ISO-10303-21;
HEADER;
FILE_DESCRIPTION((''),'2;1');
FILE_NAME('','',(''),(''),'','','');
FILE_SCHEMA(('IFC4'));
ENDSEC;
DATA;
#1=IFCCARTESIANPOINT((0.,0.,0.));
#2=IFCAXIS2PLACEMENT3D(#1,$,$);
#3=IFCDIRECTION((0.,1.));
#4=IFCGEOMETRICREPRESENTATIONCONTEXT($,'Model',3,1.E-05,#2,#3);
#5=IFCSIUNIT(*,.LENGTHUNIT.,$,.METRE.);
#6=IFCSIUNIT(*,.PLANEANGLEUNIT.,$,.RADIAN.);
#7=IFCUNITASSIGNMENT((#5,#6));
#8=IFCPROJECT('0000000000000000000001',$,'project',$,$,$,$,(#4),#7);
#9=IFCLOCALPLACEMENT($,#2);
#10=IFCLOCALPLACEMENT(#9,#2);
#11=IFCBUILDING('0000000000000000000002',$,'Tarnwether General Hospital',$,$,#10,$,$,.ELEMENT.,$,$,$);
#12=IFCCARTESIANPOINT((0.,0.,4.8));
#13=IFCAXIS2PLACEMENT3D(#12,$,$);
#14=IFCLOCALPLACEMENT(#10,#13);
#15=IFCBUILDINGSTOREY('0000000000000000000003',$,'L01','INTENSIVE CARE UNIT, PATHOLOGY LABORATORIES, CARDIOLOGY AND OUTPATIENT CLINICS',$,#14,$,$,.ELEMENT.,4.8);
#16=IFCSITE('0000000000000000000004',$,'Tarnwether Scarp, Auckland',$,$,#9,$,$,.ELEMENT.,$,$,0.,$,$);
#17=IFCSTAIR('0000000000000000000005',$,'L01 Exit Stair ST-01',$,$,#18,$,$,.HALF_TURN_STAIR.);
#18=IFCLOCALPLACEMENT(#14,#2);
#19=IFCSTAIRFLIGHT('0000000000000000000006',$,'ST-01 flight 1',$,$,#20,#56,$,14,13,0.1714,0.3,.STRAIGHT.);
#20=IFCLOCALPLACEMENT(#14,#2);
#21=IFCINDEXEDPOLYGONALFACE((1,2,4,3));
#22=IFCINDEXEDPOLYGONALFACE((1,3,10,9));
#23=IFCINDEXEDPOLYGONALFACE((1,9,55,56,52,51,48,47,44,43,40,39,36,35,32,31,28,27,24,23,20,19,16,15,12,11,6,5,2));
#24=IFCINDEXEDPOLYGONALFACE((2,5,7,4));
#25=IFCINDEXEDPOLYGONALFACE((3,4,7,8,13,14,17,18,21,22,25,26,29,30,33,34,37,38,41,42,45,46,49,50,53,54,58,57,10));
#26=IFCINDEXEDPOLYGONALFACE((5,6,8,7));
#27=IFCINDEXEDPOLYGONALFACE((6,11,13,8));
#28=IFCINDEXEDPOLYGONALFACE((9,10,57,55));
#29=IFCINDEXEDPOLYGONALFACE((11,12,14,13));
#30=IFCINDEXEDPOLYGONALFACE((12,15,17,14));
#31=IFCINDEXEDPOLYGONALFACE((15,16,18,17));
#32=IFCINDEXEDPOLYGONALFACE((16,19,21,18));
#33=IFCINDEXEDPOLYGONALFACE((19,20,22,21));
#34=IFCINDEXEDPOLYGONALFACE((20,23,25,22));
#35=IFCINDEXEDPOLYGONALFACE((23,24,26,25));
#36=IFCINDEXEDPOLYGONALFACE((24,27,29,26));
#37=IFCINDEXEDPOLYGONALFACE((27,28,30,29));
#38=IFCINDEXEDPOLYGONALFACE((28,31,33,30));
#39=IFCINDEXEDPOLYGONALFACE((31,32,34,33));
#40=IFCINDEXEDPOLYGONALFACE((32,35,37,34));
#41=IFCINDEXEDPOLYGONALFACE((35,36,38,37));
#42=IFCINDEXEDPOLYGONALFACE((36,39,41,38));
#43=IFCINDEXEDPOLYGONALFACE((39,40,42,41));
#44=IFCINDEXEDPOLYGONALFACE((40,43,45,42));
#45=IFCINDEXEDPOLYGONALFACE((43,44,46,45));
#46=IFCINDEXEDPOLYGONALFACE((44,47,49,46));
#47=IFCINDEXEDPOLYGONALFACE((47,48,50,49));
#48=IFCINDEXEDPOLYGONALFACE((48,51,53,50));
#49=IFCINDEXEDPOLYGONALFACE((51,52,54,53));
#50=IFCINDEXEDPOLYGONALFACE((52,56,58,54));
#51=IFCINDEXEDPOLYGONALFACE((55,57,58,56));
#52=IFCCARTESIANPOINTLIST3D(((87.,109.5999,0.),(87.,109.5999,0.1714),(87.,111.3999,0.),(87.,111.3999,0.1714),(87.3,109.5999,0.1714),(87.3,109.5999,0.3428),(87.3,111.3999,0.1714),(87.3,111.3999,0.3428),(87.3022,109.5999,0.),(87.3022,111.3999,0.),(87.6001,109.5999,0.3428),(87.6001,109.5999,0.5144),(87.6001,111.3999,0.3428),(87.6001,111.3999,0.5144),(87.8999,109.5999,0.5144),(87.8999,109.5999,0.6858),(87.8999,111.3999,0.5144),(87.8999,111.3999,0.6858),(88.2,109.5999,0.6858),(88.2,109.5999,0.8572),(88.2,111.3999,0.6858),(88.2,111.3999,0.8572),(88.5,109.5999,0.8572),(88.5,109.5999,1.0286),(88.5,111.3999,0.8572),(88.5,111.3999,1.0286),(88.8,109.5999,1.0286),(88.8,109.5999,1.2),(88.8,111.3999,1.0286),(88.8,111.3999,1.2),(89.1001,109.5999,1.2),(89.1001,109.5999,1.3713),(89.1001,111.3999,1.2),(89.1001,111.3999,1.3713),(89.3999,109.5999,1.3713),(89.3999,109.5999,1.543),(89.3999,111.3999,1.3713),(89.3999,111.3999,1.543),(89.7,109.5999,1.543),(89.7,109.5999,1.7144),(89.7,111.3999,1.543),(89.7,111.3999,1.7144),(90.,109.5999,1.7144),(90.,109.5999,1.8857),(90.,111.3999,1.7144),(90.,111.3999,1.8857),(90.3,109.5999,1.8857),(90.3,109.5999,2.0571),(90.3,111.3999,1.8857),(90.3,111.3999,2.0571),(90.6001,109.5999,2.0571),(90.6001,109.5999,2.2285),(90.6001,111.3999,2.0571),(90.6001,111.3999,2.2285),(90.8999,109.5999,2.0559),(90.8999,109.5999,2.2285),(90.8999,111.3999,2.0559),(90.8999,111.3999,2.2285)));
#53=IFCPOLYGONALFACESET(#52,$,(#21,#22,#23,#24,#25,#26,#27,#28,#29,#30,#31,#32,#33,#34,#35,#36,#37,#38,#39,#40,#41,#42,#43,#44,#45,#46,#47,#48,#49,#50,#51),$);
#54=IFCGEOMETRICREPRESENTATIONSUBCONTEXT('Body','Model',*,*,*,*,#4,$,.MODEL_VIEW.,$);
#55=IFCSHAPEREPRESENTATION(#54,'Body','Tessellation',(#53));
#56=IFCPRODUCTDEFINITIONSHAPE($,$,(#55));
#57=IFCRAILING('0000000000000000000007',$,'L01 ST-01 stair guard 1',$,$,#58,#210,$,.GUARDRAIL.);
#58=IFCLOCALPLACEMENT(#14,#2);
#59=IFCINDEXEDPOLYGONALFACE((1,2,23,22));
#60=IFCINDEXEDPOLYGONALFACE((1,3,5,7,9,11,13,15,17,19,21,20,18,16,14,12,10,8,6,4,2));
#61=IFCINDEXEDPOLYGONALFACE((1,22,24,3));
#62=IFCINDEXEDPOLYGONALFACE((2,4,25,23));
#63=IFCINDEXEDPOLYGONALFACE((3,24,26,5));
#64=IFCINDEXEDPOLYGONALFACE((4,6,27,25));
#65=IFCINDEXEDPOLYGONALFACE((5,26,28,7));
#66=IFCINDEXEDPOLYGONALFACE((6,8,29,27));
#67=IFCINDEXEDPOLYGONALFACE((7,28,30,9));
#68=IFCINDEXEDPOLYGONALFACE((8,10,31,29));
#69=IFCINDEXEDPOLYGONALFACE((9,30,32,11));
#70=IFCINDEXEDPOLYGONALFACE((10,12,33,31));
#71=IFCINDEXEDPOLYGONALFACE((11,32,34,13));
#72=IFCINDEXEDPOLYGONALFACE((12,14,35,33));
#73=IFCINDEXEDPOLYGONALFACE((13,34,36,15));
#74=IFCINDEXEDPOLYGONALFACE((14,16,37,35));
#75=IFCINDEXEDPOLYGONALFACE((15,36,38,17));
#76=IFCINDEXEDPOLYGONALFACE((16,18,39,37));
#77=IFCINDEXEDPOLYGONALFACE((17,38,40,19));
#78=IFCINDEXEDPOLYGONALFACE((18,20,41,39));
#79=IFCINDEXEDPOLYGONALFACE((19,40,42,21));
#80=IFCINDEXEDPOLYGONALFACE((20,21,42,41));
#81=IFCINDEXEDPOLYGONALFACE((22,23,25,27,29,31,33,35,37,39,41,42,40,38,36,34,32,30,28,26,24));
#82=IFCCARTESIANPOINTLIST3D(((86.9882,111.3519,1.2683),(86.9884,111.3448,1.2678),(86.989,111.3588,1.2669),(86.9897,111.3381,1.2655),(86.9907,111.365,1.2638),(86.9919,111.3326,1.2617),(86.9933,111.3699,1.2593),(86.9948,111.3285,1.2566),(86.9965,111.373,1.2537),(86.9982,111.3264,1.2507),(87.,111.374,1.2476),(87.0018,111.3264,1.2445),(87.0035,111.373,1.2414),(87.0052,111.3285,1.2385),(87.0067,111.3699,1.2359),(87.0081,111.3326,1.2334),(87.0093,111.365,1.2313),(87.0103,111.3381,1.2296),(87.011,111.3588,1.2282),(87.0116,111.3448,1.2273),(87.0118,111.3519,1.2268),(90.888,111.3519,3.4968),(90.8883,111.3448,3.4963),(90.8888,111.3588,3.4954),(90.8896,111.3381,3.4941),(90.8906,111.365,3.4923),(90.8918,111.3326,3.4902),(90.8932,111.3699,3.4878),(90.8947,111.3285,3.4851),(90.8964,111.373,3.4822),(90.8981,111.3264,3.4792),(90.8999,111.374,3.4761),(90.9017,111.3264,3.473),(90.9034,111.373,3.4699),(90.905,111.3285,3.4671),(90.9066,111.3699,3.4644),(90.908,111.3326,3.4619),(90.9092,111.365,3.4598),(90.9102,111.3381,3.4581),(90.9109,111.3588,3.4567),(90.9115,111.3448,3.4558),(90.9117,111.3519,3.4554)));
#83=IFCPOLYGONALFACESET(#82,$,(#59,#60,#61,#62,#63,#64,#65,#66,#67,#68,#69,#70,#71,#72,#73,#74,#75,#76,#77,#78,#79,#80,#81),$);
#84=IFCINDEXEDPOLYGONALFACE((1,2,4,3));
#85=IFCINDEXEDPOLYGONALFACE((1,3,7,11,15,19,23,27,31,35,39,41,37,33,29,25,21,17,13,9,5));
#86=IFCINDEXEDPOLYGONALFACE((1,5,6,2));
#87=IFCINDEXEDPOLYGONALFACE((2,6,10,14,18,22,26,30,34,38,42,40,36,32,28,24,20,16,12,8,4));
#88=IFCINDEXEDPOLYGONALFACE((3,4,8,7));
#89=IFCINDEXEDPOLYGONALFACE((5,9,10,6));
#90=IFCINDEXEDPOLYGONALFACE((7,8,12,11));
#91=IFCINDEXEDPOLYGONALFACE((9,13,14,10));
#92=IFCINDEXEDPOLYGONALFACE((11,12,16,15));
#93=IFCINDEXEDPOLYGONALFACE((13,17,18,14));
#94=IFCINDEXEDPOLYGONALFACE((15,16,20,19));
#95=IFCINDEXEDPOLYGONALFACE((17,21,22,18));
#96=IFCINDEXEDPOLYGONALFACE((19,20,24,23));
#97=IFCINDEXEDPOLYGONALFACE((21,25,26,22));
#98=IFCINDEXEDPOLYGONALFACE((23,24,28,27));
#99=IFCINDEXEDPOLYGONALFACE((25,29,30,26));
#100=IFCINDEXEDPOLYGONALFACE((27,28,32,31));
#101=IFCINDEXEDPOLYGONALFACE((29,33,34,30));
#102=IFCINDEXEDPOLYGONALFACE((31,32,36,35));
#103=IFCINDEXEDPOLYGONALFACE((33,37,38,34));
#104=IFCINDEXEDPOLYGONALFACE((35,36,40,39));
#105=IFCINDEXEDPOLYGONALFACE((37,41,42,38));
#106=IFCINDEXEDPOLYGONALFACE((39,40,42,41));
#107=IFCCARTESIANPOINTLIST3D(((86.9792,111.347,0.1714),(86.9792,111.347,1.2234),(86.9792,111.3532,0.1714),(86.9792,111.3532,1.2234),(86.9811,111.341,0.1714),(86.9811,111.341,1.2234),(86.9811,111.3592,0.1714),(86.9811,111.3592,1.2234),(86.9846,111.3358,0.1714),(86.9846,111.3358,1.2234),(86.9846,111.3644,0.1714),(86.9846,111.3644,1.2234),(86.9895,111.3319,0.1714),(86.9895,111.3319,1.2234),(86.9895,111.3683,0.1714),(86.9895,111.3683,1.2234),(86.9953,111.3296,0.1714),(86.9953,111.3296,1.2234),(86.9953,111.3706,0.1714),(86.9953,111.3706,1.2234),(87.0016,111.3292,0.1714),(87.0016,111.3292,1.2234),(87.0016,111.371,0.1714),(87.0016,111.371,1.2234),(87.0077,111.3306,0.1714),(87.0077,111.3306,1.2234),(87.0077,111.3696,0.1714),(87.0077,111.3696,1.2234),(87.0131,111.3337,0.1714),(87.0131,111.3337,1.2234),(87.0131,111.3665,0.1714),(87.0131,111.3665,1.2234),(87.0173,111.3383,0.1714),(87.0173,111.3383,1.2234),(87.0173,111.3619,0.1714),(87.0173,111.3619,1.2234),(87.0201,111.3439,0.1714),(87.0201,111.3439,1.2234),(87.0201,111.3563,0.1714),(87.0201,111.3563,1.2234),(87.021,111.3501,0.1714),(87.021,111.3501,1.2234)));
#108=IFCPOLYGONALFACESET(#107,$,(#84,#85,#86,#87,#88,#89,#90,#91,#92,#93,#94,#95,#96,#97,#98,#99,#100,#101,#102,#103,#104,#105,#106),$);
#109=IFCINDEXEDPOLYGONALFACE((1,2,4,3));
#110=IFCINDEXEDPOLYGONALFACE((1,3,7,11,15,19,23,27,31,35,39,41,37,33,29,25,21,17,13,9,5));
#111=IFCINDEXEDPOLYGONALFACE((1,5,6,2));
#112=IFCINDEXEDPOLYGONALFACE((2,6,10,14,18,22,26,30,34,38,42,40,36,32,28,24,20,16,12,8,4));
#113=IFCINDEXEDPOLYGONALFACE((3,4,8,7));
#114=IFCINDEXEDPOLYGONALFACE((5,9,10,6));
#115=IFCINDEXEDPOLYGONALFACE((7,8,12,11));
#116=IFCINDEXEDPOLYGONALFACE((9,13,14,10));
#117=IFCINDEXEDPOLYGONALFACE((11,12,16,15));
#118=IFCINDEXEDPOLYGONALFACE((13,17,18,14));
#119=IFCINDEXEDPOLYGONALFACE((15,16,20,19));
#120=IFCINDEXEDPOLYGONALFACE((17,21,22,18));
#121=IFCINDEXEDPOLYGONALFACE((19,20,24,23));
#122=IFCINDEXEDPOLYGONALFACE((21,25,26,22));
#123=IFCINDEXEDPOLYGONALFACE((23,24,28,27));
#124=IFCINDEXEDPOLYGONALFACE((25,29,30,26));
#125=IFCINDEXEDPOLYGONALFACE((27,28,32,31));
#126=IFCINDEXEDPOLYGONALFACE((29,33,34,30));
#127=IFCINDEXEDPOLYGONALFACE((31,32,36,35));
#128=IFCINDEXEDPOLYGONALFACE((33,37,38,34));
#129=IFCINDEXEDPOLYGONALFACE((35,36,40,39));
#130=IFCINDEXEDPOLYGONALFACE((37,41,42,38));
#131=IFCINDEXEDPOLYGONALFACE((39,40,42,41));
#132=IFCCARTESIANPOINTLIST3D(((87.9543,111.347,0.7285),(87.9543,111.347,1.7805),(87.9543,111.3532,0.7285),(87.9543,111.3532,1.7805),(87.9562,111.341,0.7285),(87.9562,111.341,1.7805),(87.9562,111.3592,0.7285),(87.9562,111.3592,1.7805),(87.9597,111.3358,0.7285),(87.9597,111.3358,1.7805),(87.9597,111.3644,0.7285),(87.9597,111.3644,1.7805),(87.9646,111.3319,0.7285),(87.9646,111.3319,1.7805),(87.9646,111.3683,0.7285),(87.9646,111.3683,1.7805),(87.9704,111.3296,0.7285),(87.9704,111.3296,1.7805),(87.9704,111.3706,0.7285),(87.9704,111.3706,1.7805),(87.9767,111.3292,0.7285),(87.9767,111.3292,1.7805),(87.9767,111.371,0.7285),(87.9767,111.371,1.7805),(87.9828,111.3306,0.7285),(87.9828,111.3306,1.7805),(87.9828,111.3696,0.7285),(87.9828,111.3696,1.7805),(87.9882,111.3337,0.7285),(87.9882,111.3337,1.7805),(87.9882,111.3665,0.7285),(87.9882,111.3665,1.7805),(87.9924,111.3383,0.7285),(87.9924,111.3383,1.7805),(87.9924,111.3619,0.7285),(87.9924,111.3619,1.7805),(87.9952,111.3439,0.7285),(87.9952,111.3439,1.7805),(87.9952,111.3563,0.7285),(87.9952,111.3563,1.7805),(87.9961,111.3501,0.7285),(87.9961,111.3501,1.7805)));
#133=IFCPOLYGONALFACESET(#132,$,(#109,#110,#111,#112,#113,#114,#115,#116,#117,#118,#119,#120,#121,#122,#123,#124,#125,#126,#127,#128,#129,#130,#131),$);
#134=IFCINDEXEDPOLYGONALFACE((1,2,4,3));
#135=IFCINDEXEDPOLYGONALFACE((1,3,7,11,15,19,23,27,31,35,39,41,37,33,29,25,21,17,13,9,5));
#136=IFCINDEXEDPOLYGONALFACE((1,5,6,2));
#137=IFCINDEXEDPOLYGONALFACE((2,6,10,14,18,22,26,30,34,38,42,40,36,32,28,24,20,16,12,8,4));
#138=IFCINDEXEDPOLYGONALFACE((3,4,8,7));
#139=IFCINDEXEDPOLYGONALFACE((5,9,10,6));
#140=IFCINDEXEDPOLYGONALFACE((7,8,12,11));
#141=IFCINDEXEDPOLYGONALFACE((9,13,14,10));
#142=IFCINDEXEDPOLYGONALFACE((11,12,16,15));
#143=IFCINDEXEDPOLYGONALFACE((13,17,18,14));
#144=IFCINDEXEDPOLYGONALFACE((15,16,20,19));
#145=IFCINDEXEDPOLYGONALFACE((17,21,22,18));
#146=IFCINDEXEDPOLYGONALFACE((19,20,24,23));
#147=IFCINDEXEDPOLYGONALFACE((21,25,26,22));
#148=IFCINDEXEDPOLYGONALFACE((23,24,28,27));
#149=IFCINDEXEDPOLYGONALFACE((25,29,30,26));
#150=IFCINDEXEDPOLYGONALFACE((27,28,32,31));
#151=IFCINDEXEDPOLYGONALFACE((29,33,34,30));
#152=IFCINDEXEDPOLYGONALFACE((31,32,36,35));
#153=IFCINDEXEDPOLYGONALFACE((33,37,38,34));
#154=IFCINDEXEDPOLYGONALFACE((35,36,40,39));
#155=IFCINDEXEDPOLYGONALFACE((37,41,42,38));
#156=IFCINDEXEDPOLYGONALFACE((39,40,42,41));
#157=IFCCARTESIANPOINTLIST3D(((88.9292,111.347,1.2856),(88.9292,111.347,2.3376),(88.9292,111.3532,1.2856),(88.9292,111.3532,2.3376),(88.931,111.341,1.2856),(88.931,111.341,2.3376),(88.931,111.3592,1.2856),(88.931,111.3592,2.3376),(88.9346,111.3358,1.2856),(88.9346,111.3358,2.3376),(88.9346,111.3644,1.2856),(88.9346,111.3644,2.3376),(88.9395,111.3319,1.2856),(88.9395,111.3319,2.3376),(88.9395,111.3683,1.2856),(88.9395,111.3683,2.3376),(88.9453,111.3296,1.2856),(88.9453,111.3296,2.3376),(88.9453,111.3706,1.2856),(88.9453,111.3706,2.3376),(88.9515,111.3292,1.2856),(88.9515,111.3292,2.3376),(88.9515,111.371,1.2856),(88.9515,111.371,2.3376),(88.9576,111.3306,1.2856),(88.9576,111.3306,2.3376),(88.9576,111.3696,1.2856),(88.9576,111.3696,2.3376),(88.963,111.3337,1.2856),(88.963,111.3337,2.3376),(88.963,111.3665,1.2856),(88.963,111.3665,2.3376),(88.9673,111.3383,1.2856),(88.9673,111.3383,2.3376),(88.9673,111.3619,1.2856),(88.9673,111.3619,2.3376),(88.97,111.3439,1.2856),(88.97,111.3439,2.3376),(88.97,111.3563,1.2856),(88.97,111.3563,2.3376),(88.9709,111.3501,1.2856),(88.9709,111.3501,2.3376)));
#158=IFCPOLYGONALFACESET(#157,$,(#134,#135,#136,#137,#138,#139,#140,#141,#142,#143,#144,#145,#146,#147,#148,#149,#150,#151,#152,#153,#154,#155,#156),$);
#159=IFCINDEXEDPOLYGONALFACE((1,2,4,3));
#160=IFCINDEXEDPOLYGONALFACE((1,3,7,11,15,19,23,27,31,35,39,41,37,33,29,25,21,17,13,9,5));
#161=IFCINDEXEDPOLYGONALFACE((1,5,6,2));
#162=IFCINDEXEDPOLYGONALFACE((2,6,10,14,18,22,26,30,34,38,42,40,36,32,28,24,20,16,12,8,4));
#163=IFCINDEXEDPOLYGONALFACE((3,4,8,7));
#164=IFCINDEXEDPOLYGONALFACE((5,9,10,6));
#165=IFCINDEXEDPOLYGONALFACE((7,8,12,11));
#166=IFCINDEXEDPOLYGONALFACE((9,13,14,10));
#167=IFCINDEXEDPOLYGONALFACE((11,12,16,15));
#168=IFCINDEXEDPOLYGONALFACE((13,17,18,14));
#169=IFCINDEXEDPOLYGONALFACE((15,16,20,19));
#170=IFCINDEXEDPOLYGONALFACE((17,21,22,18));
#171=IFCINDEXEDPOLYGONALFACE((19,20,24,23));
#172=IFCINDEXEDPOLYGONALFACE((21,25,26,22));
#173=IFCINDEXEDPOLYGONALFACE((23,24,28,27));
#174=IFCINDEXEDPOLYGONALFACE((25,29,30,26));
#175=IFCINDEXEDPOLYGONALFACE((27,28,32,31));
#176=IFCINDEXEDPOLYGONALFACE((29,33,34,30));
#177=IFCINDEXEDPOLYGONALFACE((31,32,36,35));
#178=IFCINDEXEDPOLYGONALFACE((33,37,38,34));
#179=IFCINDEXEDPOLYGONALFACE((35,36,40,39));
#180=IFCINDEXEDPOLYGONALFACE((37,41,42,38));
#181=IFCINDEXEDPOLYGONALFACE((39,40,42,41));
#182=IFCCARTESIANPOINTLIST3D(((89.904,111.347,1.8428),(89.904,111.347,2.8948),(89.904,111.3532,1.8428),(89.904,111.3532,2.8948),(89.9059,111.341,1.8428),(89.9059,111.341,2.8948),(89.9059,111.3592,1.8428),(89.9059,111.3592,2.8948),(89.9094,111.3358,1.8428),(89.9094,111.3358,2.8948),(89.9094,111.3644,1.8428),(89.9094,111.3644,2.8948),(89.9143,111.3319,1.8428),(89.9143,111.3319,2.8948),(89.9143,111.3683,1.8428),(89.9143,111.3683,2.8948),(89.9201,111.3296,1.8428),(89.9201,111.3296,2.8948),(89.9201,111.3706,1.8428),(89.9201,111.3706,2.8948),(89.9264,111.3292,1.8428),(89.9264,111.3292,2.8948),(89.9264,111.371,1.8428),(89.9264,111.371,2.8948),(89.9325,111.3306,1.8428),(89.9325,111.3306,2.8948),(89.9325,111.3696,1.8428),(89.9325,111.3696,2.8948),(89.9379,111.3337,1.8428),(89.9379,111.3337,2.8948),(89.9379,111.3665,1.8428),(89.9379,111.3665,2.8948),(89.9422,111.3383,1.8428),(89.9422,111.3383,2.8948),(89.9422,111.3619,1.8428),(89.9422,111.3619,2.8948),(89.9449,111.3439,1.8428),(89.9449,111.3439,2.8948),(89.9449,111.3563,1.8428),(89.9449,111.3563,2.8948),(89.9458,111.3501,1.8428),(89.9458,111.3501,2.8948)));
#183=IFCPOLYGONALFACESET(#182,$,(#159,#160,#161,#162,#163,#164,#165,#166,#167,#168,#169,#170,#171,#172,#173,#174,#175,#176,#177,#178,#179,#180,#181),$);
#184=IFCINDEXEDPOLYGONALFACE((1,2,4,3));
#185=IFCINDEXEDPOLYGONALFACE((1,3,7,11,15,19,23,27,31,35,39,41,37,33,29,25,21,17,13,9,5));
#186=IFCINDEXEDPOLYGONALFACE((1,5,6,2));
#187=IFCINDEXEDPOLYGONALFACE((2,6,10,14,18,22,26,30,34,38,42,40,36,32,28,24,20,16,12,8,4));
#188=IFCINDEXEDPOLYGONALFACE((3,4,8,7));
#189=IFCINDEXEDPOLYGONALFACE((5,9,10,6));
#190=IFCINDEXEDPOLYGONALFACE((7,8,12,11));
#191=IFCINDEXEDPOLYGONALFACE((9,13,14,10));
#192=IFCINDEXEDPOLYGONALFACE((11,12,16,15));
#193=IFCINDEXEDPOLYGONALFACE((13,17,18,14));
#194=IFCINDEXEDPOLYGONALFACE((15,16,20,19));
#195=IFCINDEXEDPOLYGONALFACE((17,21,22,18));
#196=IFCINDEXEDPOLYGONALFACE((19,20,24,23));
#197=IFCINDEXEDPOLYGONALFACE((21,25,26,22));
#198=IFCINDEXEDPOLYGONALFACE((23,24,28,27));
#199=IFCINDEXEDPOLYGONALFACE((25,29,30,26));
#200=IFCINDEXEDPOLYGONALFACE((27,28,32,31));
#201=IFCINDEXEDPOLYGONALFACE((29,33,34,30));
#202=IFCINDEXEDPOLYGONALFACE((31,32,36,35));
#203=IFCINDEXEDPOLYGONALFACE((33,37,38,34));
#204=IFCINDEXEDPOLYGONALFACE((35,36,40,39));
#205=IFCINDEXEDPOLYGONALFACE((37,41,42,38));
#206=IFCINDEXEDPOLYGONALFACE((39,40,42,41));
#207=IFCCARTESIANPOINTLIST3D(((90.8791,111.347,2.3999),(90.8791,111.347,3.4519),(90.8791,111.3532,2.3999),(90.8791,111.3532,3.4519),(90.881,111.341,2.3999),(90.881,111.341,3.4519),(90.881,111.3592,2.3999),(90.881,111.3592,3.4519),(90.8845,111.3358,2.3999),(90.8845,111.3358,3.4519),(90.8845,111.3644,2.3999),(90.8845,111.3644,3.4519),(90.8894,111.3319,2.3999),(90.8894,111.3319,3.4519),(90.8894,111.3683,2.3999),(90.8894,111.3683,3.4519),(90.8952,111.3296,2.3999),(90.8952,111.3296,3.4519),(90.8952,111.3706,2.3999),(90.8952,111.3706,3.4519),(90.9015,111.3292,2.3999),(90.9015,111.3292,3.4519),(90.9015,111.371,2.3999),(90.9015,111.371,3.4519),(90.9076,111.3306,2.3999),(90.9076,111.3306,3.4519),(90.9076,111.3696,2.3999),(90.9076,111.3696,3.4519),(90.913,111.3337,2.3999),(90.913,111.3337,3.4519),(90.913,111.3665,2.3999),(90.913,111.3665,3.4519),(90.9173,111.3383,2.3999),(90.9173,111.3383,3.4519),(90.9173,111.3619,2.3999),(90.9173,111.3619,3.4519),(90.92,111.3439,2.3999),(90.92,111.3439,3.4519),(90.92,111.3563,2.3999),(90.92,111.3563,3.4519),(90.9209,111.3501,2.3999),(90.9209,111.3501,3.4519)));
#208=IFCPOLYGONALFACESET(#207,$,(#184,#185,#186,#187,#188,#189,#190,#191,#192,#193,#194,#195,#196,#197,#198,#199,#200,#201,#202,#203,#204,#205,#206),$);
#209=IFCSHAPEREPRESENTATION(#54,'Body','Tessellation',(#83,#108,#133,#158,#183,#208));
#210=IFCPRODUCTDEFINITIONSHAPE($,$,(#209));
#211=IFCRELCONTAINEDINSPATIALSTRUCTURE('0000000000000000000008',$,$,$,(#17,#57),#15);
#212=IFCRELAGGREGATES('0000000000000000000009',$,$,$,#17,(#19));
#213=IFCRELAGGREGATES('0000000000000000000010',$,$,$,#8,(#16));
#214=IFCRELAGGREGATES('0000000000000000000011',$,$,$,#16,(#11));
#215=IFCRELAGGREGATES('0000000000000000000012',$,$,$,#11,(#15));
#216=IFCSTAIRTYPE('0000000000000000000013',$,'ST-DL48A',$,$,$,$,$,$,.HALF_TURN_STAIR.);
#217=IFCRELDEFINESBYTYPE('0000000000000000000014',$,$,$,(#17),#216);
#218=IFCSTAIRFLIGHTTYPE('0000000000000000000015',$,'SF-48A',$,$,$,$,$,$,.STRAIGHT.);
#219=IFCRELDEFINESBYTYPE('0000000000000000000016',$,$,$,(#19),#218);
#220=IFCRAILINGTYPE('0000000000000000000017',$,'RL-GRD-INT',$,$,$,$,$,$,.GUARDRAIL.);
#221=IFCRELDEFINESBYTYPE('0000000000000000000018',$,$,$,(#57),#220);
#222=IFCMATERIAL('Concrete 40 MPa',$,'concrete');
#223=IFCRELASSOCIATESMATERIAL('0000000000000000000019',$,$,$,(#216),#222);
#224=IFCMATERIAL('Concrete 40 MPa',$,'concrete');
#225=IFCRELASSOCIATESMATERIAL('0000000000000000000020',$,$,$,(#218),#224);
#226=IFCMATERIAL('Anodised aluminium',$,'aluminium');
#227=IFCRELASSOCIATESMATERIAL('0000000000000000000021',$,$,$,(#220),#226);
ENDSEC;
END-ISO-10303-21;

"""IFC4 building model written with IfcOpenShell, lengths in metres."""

from ifc_helpers import new_model, si_unit, direction, frame, origin, origin_2d, place, context, subcontext, project, spatial, polyline, circle, outline, extrude, material, type_object, element, aggregate, save


model = new_model("IFC4")

# Units and contexts
model_context = context("Model", 3, precision=1e-05, world=origin(), true_north=direction((0.0, 1.0)))
body_context = subcontext(model_context, "Body", "Model", "MODEL_VIEW")
ifc_project = project(units=[si_unit("LENGTHUNIT", "METRE"), si_unit("PLANEANGLEUNIT", "RADIAN")], contexts=[model_context])

# Site, building, storey
site_placement = place(None, origin())
site = spatial("IfcSite", under=ifc_project, at=site_placement, Name="Tarnwether Scarp, Auckland", CompositionType="ELEMENT", RefElevation=0.0)
building_placement = place(site_placement, origin())
building = spatial("IfcBuilding", under=site, at=building_placement, Name="Tarnwether General Hospital", CompositionType="ELEMENT")
storey_placement = place(building_placement, frame((0.0, 0.0, 4.8)))
storey = spatial("IfcBuildingStorey", under=building, at=storey_placement, Name="L01", Description="INTENSIVE CARE UNIT, PATHOLOGY LABORATORIES, CARDIOLOGY AND OUTPATIENT CLINICS", CompositionType="ELEMENT", Elevation=4.8)

# Stair, stair flight
ifc_material_1 = material(Name="Concrete 40 MPa", Category="concrete")
stair_type = type_object("IfcStairType", Name="ST-DL48A", PredefinedType="HALF_TURN_STAIR", material=ifc_material_1)
stair_placement = place(storey_placement, origin())
stair = element("IfcStair", 1, at=stair_placement, inside=storey, type_object=stair_type, Name="L01 Exit Stair ST-01", PredefinedType="HALF_TURN_STAIR")
ifc_material_2 = material(Name="Concrete 40 MPa", Category="concrete")
stair_flight_type = type_object("IfcStairFlightType", Name="SF-48A", PredefinedType="STRAIGHT", material=ifc_material_2)
stair_flight_placement = place(storey_placement, frame((87.0, 110.5, 0.0), z_axis=(0.0, 0.0, 1.0), x_axis=(1.0, 0.0, 0.0)))
stair_flight = element("IfcStairFlight", 2, at=stair_flight_placement, type_object=stair_flight_type, Name="ST-01 flight 1", NumberOfRisers=14, NumberOfTreads=13, PredefinedType="STRAIGHT", RiserHeight=0.1714, TreadLength=0.3, context=body_context, shape_type="SweptSolid", body=[
    extrude(outline(polyline([(0.0, 0.0), (0.0, 0.1714), (0.3, 0.1714), (0.3, 0.3428), (0.6001, 0.3428), (0.6001, 0.5144), (0.8999, 0.5144), (0.8999, 0.6858), (1.2, 0.6858), (1.2, 0.8572), (1.5, 0.8572), (1.5, 1.0286), (1.8, 1.0286), (1.8, 1.2), (2.1001, 1.2), (2.1001, 1.3713), (2.3999, 1.3713), (2.3999, 1.543), (2.7, 1.543), (2.7, 1.7144), (3.0, 1.7144), (3.0, 1.8857), (3.3, 1.8857), (3.3, 2.0571), (3.6001, 2.0571), (3.6001, 2.2285), (3.8999, 2.2285), (3.8999, 2.3999), (3.8999, 2.0559), (0.3022, 0.0), (0.0, 0.0)])), frame((0.0, 0.8999, 0.0), z_axis=(0.0, -1.0, 0.0), x_axis=(1.0, 0.0, 0.0)), (0.0, 0.0, 1.0), 1.8),
])
aggregate(stair, [stair_flight])

# Railing
ifc_material_3 = material(Name="Anodised aluminium", Category="aluminium")
railing_type_1 = type_object("IfcRailingType", Name="RL-GRD-INT", PredefinedType="GUARDRAIL", material=ifc_material_3)
railing_1_placement = place(storey_placement, frame((87.0, 111.3501, 0.1714)))
element("IfcRailing", 3, at=railing_1_placement, inside=storey, type_object=railing_type_1, Name="L01 ST-01 stair guard 1", PredefinedType="GUARDRAIL", context=body_context, shape_type="SweptSolid", body=[
    extrude(circle(Radius=0.0239, at=origin_2d()), frame((0.0, 0.0, 1.0762), z_axis=(0.868243, 0.0, 0.496139), x_axis=(0.0, 1.0, 0.0)), (0.0, 0.0, 1.0), 4.4917),
    extrude(circle(Radius=0.021, at=origin_2d()), origin(), (0.0, 0.0, 1.0), 1.052),
    extrude(circle(Radius=0.021, at=origin_2d()), frame((0.9751, 0.0, 0.5571)), (0.0, 0.0, 1.0), 1.052),
    extrude(circle(Radius=0.021, at=origin_2d()), frame((1.95, 0.0, 1.1143)), (0.0, 0.0, 1.0), 1.052),
    extrude(circle(Radius=0.021, at=origin_2d()), frame((2.9248, 0.0, 1.6714)), (0.0, 0.0, 1.0), 1.052),
    extrude(circle(Radius=0.021, at=origin_2d()), frame((3.8999, 0.0, 2.2285)), (0.0, 0.0, 1.0), 1.052),
])

save(model, "model.ifc")
